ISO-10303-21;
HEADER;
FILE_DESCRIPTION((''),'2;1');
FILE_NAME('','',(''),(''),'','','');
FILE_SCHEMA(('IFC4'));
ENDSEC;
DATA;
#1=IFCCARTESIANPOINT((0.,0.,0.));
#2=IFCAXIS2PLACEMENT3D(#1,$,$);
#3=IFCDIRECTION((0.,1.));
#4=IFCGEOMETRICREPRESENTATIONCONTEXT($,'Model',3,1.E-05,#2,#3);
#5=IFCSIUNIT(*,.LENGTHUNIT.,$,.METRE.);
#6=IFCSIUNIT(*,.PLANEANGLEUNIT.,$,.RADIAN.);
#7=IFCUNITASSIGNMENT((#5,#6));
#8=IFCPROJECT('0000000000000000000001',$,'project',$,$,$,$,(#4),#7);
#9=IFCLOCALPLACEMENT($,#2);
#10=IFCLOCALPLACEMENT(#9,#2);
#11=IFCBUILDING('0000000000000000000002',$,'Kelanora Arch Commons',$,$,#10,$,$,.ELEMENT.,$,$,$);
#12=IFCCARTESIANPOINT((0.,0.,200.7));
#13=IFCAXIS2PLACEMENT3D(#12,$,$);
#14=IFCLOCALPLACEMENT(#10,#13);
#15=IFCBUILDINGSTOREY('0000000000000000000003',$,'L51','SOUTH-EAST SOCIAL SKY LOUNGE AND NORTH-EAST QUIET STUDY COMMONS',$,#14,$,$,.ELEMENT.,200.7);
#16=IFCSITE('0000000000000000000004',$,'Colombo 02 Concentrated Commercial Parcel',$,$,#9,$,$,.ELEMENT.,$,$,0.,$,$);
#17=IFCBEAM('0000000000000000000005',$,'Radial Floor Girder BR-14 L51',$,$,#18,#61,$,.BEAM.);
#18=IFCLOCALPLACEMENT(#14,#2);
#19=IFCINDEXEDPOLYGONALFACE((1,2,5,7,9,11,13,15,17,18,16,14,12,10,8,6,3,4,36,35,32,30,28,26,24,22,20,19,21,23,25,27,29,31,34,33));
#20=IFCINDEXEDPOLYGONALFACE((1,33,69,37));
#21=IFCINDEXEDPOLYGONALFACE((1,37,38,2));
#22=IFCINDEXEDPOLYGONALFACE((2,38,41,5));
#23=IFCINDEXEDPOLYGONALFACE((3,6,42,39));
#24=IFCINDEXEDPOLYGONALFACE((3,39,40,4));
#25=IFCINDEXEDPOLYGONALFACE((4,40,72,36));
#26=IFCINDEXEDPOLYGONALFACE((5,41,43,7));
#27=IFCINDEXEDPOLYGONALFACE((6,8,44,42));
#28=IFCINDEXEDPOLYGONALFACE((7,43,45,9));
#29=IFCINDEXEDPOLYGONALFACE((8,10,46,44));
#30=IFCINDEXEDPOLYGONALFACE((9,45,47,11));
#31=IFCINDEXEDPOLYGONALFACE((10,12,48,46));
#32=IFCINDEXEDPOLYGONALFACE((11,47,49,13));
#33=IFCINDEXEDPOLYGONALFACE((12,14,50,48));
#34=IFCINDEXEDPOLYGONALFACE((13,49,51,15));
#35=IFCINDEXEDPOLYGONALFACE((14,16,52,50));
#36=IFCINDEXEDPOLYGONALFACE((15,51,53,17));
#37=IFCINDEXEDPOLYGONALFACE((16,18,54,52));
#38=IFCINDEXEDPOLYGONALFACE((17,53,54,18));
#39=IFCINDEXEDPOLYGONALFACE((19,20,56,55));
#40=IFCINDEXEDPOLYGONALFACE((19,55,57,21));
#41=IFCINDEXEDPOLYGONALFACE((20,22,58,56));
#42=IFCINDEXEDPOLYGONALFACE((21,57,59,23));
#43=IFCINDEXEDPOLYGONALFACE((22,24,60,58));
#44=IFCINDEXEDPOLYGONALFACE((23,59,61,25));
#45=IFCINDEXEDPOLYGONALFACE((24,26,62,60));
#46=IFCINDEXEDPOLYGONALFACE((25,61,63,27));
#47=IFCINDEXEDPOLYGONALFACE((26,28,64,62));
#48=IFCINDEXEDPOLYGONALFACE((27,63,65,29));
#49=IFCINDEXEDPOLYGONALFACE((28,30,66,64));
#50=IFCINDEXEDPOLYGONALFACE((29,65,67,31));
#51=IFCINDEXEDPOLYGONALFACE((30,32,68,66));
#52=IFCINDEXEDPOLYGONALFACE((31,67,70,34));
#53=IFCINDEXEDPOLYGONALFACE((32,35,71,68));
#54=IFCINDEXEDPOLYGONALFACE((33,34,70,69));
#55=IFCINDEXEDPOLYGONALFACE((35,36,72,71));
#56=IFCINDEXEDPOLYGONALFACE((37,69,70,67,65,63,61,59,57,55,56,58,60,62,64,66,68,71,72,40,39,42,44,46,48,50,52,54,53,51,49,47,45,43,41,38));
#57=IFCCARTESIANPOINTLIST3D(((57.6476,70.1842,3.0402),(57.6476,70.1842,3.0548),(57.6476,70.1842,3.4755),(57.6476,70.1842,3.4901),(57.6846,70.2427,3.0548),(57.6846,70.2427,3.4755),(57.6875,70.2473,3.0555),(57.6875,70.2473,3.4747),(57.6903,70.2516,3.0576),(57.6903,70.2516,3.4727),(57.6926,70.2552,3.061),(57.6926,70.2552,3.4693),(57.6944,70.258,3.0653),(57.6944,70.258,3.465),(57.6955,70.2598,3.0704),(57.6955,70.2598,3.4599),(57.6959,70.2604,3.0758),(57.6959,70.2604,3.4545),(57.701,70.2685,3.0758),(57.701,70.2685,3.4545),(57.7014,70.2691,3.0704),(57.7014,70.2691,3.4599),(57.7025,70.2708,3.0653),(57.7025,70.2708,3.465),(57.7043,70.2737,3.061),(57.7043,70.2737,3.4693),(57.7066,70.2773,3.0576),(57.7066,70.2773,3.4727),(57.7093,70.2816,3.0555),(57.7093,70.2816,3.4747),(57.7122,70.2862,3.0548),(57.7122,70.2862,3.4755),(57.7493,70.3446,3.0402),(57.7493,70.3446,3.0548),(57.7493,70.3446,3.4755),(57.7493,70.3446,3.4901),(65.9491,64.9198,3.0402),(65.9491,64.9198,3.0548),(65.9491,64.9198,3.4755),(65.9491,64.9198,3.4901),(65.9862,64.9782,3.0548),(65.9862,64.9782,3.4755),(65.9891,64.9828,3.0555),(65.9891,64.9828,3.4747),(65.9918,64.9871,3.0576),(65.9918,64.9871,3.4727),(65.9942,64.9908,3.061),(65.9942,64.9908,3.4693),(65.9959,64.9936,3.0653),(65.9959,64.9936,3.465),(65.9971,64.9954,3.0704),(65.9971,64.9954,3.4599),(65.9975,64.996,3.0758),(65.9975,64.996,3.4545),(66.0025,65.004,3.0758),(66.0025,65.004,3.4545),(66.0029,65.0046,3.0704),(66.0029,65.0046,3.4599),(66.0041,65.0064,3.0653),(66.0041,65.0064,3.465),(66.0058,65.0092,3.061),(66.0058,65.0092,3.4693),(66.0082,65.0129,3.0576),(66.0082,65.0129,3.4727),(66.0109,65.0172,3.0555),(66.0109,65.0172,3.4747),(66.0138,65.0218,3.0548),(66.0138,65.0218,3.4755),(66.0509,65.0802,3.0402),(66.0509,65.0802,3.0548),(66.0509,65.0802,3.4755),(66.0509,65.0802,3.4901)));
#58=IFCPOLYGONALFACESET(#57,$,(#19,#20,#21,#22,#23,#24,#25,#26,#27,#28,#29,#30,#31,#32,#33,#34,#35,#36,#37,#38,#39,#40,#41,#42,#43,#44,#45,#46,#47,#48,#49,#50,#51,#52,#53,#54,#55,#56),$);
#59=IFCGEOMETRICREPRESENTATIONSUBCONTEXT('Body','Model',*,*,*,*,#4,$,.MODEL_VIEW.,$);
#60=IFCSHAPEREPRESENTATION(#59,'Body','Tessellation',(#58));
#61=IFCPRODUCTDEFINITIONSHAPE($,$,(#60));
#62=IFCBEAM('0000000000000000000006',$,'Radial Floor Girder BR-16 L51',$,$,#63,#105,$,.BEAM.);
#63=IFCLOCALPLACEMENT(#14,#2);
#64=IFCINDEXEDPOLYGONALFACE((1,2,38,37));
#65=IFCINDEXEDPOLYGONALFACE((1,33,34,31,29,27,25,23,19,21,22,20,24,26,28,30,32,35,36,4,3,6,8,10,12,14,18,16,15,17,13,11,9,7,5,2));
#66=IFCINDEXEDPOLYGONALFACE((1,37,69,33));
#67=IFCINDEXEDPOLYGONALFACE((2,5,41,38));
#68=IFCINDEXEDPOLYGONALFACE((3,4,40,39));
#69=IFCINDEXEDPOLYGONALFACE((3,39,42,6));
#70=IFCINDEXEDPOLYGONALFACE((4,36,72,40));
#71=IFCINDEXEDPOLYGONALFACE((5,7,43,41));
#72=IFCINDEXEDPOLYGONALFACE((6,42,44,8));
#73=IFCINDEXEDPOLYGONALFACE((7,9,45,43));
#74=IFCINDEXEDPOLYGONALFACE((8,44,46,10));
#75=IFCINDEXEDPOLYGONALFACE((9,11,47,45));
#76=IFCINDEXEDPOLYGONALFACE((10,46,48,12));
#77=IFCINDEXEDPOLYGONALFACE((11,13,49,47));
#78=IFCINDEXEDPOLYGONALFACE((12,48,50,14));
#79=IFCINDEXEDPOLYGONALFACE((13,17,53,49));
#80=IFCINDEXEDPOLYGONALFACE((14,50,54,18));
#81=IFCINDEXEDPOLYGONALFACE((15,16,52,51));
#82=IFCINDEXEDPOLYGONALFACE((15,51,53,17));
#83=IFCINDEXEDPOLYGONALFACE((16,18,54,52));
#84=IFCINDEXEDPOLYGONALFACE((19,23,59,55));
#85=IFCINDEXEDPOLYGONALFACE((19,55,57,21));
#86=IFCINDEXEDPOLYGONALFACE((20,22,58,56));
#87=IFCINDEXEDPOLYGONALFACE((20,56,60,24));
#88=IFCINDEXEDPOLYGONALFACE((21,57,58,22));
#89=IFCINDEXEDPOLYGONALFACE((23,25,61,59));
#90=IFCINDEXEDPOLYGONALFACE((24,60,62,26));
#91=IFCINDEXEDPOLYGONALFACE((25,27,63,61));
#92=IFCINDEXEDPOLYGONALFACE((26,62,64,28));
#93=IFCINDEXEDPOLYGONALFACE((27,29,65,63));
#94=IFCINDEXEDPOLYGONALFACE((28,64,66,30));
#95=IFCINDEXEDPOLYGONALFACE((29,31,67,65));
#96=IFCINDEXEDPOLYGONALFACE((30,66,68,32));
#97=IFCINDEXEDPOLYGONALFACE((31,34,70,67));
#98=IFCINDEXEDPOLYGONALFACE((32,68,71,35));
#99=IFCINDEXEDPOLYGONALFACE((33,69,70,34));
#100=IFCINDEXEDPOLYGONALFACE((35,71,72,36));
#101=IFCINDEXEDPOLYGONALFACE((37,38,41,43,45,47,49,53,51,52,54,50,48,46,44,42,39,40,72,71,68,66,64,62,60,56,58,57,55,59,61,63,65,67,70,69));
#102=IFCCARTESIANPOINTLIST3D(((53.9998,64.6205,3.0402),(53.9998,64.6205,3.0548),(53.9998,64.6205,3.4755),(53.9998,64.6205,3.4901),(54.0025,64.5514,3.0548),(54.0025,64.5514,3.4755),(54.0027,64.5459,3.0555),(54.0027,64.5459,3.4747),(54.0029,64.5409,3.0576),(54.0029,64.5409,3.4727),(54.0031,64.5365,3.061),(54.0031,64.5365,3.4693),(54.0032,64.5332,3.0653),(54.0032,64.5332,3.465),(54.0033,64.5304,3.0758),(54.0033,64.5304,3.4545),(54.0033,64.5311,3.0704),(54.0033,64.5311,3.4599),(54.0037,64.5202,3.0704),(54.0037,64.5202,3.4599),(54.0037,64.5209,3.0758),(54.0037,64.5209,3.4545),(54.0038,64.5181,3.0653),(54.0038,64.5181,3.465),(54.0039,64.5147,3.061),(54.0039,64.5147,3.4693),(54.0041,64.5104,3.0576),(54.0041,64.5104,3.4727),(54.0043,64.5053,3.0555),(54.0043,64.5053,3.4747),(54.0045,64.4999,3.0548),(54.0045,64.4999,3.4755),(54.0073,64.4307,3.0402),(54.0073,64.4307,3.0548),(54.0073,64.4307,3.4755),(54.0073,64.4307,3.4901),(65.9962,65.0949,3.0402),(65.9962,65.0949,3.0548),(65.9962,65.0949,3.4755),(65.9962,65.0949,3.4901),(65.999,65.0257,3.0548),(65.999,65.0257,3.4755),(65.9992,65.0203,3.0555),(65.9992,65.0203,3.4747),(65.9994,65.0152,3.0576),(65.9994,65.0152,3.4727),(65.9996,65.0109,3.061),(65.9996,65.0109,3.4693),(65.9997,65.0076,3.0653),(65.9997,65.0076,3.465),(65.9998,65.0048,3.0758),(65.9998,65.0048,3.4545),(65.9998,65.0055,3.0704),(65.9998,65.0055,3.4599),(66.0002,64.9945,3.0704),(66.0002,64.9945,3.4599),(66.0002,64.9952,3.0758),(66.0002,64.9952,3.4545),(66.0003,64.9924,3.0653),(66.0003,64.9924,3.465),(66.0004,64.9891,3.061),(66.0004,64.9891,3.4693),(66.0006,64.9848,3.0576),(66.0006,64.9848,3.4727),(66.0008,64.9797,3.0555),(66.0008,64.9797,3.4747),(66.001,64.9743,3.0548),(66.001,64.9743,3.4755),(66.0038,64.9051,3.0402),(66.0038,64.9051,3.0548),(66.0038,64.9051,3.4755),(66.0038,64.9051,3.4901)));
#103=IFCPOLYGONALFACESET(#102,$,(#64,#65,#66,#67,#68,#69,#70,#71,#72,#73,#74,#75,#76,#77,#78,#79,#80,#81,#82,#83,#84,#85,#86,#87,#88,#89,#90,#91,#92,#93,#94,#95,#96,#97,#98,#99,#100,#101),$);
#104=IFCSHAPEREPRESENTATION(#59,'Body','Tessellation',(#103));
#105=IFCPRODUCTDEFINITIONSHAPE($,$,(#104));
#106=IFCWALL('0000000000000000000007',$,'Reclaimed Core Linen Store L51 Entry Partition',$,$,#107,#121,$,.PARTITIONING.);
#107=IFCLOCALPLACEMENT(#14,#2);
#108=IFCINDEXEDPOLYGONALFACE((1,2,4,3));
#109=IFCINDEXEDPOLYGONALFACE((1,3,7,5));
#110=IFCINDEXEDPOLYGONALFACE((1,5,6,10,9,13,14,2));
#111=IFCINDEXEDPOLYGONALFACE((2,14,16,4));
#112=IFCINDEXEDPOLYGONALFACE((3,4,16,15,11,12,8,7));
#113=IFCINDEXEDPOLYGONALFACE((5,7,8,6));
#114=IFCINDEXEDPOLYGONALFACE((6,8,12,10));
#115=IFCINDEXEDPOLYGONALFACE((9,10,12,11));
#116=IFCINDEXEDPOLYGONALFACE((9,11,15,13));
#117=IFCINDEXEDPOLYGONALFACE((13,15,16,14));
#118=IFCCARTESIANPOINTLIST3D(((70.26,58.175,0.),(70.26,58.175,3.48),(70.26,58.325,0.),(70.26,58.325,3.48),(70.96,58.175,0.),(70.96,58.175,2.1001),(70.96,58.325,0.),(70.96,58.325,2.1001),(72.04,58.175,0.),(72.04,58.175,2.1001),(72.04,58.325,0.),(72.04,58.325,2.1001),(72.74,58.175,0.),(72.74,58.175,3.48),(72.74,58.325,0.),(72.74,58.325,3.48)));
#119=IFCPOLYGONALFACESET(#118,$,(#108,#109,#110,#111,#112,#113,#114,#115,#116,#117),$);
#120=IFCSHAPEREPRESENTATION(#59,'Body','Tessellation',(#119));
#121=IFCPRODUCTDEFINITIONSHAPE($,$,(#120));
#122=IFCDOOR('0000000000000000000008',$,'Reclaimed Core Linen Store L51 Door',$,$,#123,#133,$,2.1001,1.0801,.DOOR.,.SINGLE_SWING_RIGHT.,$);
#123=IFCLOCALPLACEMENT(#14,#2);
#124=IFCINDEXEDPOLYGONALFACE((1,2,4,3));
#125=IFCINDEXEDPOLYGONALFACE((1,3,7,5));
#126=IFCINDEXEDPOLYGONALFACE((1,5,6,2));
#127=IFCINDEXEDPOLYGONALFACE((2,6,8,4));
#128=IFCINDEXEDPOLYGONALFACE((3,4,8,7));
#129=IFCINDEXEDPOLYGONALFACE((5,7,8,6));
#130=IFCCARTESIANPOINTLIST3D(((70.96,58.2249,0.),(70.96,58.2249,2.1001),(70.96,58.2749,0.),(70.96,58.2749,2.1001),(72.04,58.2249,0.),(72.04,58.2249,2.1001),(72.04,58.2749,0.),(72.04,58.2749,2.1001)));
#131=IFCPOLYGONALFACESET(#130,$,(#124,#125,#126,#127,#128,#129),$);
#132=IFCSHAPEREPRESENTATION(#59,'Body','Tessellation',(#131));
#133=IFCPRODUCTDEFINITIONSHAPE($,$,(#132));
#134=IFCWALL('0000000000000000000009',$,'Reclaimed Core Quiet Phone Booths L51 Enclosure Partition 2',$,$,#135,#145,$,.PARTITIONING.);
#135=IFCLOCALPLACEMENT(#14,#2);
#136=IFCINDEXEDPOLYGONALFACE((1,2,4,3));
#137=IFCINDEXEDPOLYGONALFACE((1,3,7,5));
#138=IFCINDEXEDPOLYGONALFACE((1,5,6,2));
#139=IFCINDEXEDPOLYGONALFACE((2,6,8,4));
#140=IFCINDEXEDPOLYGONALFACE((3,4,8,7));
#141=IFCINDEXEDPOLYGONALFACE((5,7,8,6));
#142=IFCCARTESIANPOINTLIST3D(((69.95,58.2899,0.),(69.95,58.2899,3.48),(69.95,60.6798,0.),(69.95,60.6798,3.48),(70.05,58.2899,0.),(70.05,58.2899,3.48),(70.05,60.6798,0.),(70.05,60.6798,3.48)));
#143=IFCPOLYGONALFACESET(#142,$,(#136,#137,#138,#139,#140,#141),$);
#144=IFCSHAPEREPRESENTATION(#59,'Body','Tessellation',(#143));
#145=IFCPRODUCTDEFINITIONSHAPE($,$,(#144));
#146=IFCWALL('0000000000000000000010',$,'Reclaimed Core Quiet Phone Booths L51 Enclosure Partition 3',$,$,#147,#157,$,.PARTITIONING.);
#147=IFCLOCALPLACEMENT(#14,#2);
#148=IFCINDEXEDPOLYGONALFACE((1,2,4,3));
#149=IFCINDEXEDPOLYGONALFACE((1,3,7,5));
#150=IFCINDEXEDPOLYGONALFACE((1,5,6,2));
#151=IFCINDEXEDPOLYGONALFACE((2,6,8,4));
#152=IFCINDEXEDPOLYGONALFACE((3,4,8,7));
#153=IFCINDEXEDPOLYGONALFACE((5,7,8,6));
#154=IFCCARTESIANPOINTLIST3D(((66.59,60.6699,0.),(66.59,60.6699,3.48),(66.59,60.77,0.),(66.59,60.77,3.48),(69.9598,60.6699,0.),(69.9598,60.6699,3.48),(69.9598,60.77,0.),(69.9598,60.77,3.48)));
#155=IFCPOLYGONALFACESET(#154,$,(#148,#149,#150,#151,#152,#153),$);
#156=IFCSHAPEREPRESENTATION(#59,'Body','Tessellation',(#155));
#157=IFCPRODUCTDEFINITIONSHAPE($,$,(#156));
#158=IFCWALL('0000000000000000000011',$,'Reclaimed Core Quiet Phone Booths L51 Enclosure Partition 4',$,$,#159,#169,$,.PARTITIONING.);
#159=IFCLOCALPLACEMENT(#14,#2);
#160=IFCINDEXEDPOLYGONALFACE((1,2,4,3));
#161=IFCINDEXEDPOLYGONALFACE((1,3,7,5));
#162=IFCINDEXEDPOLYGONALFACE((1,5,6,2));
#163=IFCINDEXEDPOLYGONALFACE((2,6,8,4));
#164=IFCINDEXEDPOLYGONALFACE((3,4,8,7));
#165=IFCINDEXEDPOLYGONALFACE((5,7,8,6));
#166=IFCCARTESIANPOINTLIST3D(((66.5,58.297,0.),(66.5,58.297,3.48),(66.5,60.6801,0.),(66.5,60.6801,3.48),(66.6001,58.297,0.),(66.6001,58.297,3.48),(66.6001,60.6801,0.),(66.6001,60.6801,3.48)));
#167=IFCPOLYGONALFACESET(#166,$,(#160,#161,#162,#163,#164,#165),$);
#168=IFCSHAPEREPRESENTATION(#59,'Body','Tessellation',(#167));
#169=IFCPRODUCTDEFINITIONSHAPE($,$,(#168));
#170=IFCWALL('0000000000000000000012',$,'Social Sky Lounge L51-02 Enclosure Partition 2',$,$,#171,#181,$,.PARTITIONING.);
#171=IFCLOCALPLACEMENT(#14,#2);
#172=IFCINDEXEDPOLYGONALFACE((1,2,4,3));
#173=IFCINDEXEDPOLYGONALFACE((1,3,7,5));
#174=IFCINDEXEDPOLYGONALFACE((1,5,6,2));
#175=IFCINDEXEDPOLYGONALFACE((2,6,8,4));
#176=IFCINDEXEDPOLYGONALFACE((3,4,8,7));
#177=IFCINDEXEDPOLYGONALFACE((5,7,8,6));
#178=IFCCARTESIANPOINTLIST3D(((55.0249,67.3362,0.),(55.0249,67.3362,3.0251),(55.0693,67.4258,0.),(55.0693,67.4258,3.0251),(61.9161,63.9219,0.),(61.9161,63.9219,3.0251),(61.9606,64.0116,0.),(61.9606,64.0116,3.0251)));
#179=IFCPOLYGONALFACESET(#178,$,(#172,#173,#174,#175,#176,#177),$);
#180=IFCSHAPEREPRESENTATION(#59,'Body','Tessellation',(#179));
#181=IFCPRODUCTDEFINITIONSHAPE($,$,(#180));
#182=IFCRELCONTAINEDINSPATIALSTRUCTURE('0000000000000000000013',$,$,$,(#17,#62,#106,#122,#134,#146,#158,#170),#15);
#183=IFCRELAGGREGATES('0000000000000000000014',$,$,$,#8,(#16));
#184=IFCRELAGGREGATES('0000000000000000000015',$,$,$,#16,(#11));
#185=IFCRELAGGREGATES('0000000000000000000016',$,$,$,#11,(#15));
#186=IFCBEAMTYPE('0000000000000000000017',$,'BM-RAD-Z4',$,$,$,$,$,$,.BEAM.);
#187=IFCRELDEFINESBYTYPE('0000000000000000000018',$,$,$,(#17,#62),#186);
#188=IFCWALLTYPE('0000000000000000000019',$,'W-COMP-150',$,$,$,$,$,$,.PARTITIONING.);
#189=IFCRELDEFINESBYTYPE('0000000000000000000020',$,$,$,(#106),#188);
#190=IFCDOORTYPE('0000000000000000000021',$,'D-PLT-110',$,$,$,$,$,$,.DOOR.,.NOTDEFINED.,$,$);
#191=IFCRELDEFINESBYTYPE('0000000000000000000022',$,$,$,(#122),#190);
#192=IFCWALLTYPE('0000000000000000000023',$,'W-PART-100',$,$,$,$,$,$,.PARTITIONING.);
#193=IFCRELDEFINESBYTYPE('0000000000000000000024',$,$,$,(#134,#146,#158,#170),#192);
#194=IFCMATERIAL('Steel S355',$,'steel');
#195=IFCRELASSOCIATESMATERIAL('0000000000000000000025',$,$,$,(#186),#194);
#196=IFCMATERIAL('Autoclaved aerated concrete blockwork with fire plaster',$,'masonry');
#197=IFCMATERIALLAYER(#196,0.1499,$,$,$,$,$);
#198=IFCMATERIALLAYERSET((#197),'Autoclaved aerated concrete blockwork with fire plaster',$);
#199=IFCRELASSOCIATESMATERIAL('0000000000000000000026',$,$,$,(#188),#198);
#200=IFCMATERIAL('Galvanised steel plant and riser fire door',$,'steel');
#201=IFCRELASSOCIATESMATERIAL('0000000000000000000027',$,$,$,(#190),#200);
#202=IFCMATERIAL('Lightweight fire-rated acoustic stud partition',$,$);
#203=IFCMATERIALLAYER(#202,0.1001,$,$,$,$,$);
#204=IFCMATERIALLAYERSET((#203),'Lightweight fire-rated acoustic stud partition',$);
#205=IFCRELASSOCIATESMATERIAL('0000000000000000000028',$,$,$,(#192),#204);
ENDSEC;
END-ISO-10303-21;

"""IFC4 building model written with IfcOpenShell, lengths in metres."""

from ifc_helpers import new_model, si_unit, direction, frame, frame_2d, origin, origin_2d, place, context, subcontext, project, spatial, rectangle, i_section, extrude, material, layer, layer_set, material_profile, profile_set, type_object, element, fill, save


model = new_model("IFC4")

# Units and contexts
model_context = context("Model", 3, precision=1e-05, world=origin(), true_north=direction((0.0, 1.0)))
body_context = subcontext(model_context, "Body", "Model", "MODEL_VIEW")
ifc_project = project(units=[si_unit("LENGTHUNIT", "METRE"), si_unit("PLANEANGLEUNIT", "RADIAN")], contexts=[model_context])

# Site, building, storey
site_placement = place(None, origin())
site = spatial("IfcSite", under=ifc_project, at=site_placement, Name="Colombo 02 Concentrated Commercial Parcel", CompositionType="ELEMENT", RefElevation=0.0)
building_placement = place(site_placement, origin())
building = spatial("IfcBuilding", under=site, at=building_placement, Name="Kelanora Arch Commons", CompositionType="ELEMENT")
storey_placement = place(building_placement, frame((0.0, 0.0, 200.7)))
storey = spatial("IfcBuildingStorey", under=building, at=storey_placement, Name="L51", Description="SOUTH-EAST SOCIAL SKY LOUNGE AND NORTH-EAST QUIET STUDY COMMONS", CompositionType="ELEMENT", Elevation=200.7)

# Beams
ifc_material_1 = material(Name="Steel S355", Category="steel")
ifc_material_profile_1 = material_profile(ifc_material_1, i_section(OverallWidth=0.1899, OverallDepth=0.45, WebThickness=0.0095, FlangeThickness=0.0146, FilletRadius=0.021, at=origin_2d()), Name="IPE450")
ifc_profile_set_1 = profile_set([ifc_material_profile_1], Name="Steel S355")
beam_type_1 = type_object("IfcBeamType", Name="BM-RAD-Z4", PredefinedType="BEAM", material=ifc_profile_set_1)
beam_1_placement = place(storey_placement, frame((66.0, 65.0, 3.2651), z_axis=(-0.844507, 0.535544, 0.0), x_axis=(-0.535544, -0.844507, 0.0)))
element("IfcBeam", 1, at=beam_1_placement, inside=storey, type_object=beam_type_1, Name="Radial Floor Girder BR-14 L51", PredefinedType="BEAM", context=body_context, shape_type="SweptSolid", body=[
    extrude(i_section(OverallWidth=0.1899, OverallDepth=0.45, WebThickness=0.0095, FlangeThickness=0.0146, FilletRadius=0.021, at=origin_2d()), origin(), (0.0, 0.0, 1.0), 9.8301),
])
beam_2_placement = place(storey_placement, frame((66.0, 65.0, 3.2651), z_axis=(-0.999219, -0.039511, 0.0), x_axis=(0.039511, -0.999219, 0.0)))
element("IfcBeam", 2, at=beam_2_placement, inside=storey, type_object=beam_type_1, Name="Radial Floor Girder BR-16 L51", PredefinedType="BEAM", context=body_context, shape_type="SweptSolid", body=[
    extrude(i_section(OverallWidth=0.1899, OverallDepth=0.45, WebThickness=0.0095, FlangeThickness=0.0146, FilletRadius=0.021, at=origin_2d()), origin(), (0.0, 0.0, 1.0), 12.0059),
])

# Wall, opening, door
ifc_material_2 = material(Name="Autoclaved aerated concrete blockwork with fire plaster", Category="masonry")
ifc_layer_1 = layer(ifc_material_2, 0.1499)
ifc_layer_set_1 = layer_set([ifc_layer_1], Name="Autoclaved aerated concrete blockwork with fire plaster")
wall_type_1 = type_object("IfcWallType", Name="W-COMP-150", PredefinedType="PARTITIONING", material=ifc_layer_set_1)
wall_1_placement = place(storey_placement, frame((70.26, 58.25, 0.0), z_axis=(0.0, 0.0, 1.0), x_axis=(1.0, 0.0, 0.0)))
wall_1 = element("IfcWall", 3, at=wall_1_placement, inside=storey, type_object=wall_type_1, Name="Reclaimed Core Linen Store L51 Entry Partition", PredefinedType="PARTITIONING", context=body_context, shape_type="SweptSolid", body=[
    extrude(rectangle(XDim=2.48, YDim=0.1499, at=frame_2d((1.24, 0.0))), origin(), (0.0, 0.0, 1.0), 3.48),
])
opening_1_placement = place(wall_1_placement, frame((0.7, 0.0, 0.0)))
opening_1 = element("IfcOpeningElement", 4, at=opening_1_placement, cuts=wall_1, PredefinedType="OPENING", context=body_context, shape_type="SweptSolid", body=[
    extrude(rectangle(XDim=1.0801, YDim=2.1001, at=frame_2d((0.54, 1.05))), frame((0.0, 0.085, 0.0), z_axis=(0.0, -1.0, 0.0), x_axis=(1.0, 0.0, 0.0)), (0.0, 0.0, 1.0), 0.1699),
])
ifc_material_3 = material(Name="Galvanised steel plant and riser fire door", Category="steel")
door_type_1 = type_object("IfcDoorType", Name="D-PLT-110", OperationType="NOTDEFINED", PredefinedType="DOOR", material=ifc_material_3)
door_1_placement = place(opening_1_placement, origin())
door_1 = element("IfcDoor", 5, at=door_1_placement, inside=storey, type_object=door_type_1, Name="Reclaimed Core Linen Store L51 Door", OperationType="SINGLE_SWING_RIGHT", OverallHeight=2.1001, OverallWidth=1.0801, PredefinedType="DOOR", context=body_context, shape_type="SweptSolid", body=[
    extrude(rectangle(XDim=1.0801, YDim=2.1001, at=frame_2d((0.54, 1.05))), frame((0.0, 0.0249, 0.0), z_axis=(0.0, -1.0, 0.0), x_axis=(1.0, 0.0, 0.0)), (0.0, 0.0, 1.0), 0.05),
])
fill(opening_1, door_1)

# Walls
ifc_material_4 = material(Name="Lightweight fire-rated acoustic stud partition")
ifc_layer_2 = layer(ifc_material_4, 0.1001)
ifc_layer_set_2 = layer_set([ifc_layer_2], Name="Lightweight fire-rated acoustic stud partition")
wall_type_2 = type_object("IfcWallType", Name="W-PART-100", PredefinedType="PARTITIONING", material=ifc_layer_set_2)
wall_2_placement = place(storey_placement, frame((70.0, 58.29, 0.0), z_axis=(0.0, 0.0, 1.0), x_axis=(0.0, 1.0, 0.0)))
element("IfcWall", 6, at=wall_2_placement, inside=storey, type_object=wall_type_2, Name="Reclaimed Core Quiet Phone Booths L51 Enclosure Partition 2", PredefinedType="PARTITIONING", context=body_context, shape_type="SweptSolid", body=[
    extrude(rectangle(XDim=2.3899, YDim=0.1001, at=frame_2d((1.1948, 0.0))), origin(), (0.0, 0.0, 1.0), 3.48),
])
wall_3_placement = place(storey_placement, frame((69.96, 60.72, 0.0), z_axis=(0.0, 0.0, 1.0), x_axis=(-1.0, 0.0, 0.0)))
element("IfcWall", 7, at=wall_3_placement, inside=storey, type_object=wall_type_2, Name="Reclaimed Core Quiet Phone Booths L51 Enclosure Partition 3", PredefinedType="PARTITIONING", context=body_context, shape_type="SweptSolid", body=[
    extrude(rectangle(XDim=3.3699, YDim=0.1001, at=frame_2d((1.6851, 0.0))), origin(), (0.0, 0.0, 1.0), 3.48),
])
wall_4_placement = place(storey_placement, frame((66.55, 60.6799, 0.0), z_axis=(0.0, 0.0, 1.0), x_axis=(0.0, -1.0, 0.0)))
element("IfcWall", 8, at=wall_4_placement, inside=storey, type_object=wall_type_2, Name="Reclaimed Core Quiet Phone Booths L51 Enclosure Partition 4", PredefinedType="PARTITIONING", context=body_context, shape_type="SweptSolid", body=[
    extrude(rectangle(XDim=2.3831, YDim=0.1001, at=frame_2d((1.1914, 0.0))), origin(), (0.0, 0.0, 1.0), 3.48),
])
wall_5_placement = place(storey_placement, frame((61.9382, 63.9668, 0.0), z_axis=(0.0, 0.0, 1.0), x_axis=(-0.896053, 0.443947, 0.0)))
element("IfcWall", 9, at=wall_5_placement, inside=storey, type_object=wall_type_2, Name="Social Sky Lounge L51-02 Enclosure Partition 2", PredefinedType="PARTITIONING", context=body_context, shape_type="SweptSolid", body=[
    extrude(rectangle(XDim=7.6907, YDim=0.1001, at=frame_2d((3.8452, 0.0))), origin(), (0.0, 0.0, 1.0), 3.0251),
])

save(model, "model.ifc")
